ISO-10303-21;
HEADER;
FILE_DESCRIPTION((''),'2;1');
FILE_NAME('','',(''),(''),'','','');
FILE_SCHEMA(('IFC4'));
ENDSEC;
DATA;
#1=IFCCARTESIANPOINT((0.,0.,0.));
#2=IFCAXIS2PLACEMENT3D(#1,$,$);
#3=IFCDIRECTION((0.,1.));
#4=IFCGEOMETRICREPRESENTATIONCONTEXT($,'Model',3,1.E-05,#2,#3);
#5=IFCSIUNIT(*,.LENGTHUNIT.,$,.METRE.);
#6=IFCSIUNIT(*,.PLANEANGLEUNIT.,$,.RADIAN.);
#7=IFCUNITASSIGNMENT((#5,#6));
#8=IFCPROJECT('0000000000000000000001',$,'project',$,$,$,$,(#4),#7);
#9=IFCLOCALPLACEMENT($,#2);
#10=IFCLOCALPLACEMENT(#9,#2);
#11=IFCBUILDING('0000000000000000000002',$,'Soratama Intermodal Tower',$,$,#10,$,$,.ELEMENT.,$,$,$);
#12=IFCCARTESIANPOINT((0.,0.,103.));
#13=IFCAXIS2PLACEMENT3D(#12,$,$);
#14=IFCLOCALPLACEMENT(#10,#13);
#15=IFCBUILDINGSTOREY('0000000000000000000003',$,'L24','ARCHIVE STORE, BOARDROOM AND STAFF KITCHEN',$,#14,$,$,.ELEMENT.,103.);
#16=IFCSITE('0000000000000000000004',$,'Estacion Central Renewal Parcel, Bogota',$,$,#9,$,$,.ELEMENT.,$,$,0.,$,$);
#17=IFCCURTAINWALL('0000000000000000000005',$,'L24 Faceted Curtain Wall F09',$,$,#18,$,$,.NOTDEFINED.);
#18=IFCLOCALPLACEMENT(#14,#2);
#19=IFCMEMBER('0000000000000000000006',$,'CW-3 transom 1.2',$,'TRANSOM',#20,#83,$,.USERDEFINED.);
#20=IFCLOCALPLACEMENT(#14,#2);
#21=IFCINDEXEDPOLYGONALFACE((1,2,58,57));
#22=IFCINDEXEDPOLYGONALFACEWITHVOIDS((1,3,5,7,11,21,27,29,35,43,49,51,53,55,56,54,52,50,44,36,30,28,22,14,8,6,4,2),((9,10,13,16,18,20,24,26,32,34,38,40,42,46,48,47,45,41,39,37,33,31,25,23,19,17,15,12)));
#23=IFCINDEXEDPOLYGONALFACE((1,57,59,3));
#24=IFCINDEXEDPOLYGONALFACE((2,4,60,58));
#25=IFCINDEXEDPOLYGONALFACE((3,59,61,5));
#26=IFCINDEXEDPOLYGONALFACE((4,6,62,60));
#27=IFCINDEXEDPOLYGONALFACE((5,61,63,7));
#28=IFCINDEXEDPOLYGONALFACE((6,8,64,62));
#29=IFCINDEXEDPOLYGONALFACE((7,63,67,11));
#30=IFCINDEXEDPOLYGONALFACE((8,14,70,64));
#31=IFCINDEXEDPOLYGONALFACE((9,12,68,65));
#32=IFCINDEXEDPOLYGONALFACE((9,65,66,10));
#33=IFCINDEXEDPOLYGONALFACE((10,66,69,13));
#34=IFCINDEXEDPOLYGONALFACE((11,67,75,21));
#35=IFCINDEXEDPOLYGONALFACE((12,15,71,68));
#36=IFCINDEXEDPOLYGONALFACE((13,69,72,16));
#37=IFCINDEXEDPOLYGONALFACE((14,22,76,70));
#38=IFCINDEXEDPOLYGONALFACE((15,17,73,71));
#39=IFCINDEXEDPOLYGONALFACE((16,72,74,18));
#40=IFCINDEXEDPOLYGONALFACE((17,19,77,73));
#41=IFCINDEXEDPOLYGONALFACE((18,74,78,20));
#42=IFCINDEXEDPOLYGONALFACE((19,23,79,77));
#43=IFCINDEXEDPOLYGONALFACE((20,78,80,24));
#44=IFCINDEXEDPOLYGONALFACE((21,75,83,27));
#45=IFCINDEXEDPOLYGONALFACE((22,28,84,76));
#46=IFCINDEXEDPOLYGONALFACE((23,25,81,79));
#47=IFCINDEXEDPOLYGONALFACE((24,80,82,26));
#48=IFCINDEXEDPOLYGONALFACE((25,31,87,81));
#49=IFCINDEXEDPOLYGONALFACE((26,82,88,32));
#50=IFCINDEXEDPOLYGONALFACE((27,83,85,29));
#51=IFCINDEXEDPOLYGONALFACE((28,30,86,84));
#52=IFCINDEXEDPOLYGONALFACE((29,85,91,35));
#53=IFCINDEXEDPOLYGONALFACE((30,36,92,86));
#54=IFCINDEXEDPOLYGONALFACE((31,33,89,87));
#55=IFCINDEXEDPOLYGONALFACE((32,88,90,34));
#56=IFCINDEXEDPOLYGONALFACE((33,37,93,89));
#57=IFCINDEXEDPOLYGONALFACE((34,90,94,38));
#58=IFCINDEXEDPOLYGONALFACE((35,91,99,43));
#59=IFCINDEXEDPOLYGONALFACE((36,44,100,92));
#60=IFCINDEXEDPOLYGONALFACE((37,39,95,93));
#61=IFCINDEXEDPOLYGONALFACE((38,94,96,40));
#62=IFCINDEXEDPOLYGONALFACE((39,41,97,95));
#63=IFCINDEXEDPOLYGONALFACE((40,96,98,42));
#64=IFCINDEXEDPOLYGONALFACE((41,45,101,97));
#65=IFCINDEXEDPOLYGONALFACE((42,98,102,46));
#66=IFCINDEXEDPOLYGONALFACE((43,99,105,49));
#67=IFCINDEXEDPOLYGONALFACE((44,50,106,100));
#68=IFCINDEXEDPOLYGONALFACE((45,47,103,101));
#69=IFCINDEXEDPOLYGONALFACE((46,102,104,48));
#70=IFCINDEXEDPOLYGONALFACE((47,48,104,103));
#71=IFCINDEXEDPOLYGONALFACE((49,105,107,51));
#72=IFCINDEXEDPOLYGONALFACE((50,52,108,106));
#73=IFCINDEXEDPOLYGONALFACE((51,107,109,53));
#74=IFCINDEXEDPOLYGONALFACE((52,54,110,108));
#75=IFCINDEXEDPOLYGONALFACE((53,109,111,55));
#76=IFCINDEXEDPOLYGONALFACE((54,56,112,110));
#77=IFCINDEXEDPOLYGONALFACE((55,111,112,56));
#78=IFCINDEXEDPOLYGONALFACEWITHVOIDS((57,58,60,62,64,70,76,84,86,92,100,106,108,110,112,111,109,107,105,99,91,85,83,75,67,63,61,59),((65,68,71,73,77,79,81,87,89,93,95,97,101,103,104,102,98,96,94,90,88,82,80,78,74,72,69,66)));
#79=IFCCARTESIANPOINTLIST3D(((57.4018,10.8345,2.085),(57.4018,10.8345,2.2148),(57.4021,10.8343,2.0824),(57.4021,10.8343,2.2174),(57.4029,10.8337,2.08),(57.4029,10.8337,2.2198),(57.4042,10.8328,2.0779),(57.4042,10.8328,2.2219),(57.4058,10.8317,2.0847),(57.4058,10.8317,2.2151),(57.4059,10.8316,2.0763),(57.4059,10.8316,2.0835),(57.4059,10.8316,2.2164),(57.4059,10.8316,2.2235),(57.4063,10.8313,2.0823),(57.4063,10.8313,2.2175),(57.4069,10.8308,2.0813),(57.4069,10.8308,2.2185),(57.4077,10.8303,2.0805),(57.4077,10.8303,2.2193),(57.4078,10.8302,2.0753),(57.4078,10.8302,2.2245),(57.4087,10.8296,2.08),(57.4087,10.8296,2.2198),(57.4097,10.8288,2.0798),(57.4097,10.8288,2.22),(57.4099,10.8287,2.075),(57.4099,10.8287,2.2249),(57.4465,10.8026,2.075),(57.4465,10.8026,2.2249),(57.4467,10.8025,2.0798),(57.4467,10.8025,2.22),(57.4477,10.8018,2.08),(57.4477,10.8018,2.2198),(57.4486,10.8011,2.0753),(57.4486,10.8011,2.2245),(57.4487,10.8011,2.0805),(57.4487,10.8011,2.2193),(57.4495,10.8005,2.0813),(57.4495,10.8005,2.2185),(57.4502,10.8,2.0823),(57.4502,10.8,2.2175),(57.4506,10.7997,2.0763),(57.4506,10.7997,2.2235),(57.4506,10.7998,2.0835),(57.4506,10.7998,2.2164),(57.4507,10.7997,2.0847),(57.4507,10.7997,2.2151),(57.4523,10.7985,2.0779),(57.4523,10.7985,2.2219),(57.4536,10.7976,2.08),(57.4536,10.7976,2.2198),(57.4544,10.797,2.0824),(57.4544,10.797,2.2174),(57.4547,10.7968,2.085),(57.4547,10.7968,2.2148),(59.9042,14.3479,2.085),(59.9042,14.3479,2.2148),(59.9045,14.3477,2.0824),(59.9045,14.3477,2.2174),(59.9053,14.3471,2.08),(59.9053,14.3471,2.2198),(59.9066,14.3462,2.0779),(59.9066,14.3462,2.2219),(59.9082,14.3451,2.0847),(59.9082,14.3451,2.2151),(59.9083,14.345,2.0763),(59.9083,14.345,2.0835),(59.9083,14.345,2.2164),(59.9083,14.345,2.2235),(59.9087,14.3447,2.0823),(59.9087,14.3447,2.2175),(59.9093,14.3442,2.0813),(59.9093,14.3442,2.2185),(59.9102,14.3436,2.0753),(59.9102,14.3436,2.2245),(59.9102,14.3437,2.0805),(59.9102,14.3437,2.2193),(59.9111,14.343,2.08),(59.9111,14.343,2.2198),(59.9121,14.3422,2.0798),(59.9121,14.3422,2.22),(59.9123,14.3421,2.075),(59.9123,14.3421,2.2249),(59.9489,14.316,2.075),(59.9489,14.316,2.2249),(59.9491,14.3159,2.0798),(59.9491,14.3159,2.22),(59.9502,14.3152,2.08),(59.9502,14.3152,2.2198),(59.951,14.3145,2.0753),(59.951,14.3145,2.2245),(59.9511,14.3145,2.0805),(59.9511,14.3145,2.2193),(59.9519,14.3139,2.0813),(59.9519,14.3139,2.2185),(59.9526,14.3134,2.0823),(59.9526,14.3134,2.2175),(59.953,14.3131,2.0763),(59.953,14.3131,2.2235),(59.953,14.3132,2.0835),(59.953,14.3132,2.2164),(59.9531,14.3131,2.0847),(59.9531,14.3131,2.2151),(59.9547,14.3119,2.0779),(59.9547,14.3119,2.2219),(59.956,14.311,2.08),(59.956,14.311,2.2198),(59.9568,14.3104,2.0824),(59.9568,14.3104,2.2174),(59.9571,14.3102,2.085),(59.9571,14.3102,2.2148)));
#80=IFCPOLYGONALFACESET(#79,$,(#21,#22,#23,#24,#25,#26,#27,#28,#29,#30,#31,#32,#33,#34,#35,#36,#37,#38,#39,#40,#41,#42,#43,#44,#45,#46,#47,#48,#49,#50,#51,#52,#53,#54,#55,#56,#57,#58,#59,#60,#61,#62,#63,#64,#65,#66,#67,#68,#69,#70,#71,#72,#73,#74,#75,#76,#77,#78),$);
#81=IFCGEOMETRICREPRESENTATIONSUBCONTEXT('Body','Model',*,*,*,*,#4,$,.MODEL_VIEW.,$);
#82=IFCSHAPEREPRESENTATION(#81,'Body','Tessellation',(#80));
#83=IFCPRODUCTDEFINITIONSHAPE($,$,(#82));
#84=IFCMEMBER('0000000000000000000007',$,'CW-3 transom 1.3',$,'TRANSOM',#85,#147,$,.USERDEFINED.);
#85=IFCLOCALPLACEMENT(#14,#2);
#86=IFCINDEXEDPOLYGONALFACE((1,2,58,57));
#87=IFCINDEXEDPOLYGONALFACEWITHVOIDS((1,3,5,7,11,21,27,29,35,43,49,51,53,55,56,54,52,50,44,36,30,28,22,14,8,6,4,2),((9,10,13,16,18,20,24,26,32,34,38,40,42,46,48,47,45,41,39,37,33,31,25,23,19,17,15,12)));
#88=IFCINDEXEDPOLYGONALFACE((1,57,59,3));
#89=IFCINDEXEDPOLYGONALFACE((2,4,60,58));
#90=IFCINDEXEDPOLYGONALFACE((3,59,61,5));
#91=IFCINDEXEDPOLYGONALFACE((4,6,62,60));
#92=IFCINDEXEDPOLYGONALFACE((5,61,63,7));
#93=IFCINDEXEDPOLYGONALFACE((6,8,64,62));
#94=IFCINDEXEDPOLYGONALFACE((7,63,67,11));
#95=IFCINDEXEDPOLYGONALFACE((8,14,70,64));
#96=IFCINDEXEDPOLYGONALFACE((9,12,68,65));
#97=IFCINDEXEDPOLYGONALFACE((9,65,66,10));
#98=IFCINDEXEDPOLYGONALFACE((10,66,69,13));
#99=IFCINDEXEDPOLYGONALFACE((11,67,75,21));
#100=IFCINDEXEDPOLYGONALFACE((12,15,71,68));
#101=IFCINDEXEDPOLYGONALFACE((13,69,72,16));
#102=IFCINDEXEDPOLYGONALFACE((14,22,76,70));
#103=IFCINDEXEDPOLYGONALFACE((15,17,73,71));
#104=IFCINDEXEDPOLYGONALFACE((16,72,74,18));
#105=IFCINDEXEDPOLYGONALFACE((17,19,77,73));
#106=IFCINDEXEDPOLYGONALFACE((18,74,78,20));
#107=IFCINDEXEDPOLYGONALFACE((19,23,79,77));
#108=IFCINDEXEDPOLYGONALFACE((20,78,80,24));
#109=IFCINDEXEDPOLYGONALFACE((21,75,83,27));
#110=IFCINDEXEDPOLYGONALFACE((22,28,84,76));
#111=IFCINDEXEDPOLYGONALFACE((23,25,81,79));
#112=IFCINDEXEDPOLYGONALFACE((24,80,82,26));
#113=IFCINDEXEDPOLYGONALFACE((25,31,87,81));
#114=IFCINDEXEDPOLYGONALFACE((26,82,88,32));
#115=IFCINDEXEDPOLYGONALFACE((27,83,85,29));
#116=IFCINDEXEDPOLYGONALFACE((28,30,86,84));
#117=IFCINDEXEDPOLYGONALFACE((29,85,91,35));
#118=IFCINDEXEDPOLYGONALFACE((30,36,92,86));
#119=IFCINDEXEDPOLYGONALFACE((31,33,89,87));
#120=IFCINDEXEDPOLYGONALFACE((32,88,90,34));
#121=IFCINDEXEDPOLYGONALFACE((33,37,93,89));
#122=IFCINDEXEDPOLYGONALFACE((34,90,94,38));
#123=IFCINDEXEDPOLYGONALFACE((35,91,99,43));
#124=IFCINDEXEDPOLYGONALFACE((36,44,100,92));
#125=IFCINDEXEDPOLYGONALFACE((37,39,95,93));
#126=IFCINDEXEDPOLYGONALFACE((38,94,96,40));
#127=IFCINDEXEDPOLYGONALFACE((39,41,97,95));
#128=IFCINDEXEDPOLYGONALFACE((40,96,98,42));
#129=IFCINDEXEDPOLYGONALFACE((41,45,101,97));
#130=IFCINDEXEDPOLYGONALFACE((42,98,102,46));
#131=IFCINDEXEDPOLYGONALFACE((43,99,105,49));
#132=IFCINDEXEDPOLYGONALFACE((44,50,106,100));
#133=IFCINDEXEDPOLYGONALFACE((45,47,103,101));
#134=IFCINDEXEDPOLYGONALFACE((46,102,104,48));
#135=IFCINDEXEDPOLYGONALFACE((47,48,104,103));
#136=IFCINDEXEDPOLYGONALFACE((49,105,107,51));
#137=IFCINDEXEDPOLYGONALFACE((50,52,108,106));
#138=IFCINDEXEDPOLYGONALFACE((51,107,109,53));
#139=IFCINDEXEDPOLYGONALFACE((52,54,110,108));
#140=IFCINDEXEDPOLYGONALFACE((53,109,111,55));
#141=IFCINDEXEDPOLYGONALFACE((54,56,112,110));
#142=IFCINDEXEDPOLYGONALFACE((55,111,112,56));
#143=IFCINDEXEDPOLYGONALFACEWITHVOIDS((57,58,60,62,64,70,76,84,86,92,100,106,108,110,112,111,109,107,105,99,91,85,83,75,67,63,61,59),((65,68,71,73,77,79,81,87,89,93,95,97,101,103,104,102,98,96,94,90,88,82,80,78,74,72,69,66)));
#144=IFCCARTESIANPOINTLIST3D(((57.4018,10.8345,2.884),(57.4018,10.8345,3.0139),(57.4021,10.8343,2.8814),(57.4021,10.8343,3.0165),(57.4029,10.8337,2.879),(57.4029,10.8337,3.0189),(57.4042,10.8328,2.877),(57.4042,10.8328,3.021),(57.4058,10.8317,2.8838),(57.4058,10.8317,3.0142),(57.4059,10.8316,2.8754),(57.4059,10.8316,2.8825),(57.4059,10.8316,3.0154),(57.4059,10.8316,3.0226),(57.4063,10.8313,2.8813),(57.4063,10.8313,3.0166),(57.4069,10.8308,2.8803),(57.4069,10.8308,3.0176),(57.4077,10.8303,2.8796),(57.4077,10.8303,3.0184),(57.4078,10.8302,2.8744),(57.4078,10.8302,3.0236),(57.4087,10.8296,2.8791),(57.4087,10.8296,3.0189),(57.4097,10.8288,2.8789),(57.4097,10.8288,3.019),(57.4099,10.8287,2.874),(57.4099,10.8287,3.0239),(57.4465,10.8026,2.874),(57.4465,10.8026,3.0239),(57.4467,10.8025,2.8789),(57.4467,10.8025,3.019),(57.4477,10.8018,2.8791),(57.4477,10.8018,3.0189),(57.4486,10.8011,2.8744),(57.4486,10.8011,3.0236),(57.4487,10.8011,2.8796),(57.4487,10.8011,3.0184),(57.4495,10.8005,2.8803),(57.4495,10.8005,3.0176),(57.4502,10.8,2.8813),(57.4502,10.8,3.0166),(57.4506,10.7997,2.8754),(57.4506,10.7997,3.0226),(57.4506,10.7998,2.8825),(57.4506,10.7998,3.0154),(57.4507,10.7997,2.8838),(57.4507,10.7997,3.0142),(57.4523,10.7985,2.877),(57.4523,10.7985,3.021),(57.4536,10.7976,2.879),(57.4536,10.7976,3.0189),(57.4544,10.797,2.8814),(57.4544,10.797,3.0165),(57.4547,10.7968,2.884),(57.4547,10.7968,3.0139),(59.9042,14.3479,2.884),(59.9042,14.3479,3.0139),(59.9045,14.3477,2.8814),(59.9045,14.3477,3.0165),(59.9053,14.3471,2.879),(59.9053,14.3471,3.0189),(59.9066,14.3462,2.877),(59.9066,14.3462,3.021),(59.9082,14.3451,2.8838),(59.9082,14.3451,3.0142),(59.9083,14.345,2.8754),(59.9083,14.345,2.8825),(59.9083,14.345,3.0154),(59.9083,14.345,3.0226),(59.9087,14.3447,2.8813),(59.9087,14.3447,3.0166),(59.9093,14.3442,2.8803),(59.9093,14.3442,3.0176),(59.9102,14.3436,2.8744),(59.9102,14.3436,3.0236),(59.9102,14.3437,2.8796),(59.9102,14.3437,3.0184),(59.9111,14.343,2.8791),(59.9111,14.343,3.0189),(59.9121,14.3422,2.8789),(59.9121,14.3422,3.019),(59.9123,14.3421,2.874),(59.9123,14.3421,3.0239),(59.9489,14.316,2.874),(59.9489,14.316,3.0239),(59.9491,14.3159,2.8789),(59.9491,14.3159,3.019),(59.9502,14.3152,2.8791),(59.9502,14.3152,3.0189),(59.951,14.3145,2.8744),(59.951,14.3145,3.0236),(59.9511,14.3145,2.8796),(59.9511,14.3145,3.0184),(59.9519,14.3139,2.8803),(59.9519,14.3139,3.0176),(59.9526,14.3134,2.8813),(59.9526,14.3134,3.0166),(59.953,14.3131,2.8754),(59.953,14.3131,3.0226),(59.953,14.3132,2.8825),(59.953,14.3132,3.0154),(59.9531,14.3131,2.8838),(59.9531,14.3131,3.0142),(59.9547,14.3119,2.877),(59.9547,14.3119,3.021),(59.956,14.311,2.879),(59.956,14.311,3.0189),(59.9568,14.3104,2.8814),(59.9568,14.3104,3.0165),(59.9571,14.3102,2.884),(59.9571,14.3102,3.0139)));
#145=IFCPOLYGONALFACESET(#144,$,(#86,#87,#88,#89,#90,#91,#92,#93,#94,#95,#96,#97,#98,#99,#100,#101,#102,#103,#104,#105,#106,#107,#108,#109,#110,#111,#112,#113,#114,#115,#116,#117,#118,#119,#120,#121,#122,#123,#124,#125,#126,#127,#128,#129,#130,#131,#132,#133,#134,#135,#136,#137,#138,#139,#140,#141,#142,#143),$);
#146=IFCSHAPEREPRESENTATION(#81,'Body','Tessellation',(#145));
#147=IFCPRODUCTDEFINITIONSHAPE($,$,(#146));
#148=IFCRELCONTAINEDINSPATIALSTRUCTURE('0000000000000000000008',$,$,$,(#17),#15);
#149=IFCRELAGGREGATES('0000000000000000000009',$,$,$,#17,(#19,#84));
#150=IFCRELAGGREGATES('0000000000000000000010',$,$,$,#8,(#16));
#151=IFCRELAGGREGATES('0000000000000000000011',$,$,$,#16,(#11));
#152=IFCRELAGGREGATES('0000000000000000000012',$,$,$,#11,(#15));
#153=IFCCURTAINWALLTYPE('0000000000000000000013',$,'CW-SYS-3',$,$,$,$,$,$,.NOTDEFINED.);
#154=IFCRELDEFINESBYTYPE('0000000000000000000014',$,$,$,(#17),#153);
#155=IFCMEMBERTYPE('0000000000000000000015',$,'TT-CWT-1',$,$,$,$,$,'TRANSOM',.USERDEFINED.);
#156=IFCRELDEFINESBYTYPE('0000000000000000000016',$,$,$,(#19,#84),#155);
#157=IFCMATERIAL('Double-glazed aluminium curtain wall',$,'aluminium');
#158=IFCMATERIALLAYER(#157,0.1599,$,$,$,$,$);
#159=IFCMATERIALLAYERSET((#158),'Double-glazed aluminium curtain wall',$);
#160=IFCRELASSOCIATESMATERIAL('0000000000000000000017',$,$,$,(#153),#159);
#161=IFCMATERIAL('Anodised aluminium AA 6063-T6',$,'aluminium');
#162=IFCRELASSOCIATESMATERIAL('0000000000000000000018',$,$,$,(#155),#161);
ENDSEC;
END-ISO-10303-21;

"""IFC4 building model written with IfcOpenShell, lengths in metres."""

from ifc_helpers import new_model, si_unit, direction, frame, origin, origin_2d, place, context, subcontext, project, spatial, hollow_rectangle, extrude, material, layer, layer_set, material_profile, profile_set, type_object, element, aggregate, save


model = new_model("IFC4")

# Units and contexts
model_context = context("Model", 3, precision=1e-05, world=origin(), true_north=direction((0.0, 1.0)))
body_context = subcontext(model_context, "Body", "Model", "MODEL_VIEW")
ifc_project = project(units=[si_unit("LENGTHUNIT", "METRE"), si_unit("PLANEANGLEUNIT", "RADIAN")], contexts=[model_context])

# Site, building, storey
site_placement = place(None, origin())
site = spatial("IfcSite", under=ifc_project, at=site_placement, Name="Estacion Central Renewal Parcel, Bogota", CompositionType="ELEMENT", RefElevation=0.0)
building_placement = place(site_placement, origin())
building = spatial("IfcBuilding", under=site, at=building_placement, Name="Soratama Intermodal Tower", CompositionType="ELEMENT")
storey_placement = place(building_placement, frame((0.0, 0.0, 103.0)))
storey = spatial("IfcBuildingStorey", under=building, at=storey_placement, Name="L24", Description="ARCHIVE STORE, BOARDROOM AND STAFF KITCHEN", CompositionType="ELEMENT", Elevation=103.0)

# Curtain wall, members
ifc_material_1 = material(Name="Double-glazed aluminium curtain wall", Category="aluminium")
ifc_layer_1 = layer(ifc_material_1, 0.1599)
ifc_layer_set_1 = layer_set([ifc_layer_1], Name="Double-glazed aluminium curtain wall")
curtain_wall_type = type_object("IfcCurtainWallType", Name="CW-SYS-3", PredefinedType="NOTDEFINED", material=ifc_layer_set_1)
curtain_wall_placement = place(storey_placement, origin())
curtain_wall = element("IfcCurtainWall", 1, at=curtain_wall_placement, inside=storey, type_object=curtain_wall_type, Name="L24 Faceted Curtain Wall F09", PredefinedType="NOTDEFINED")
ifc_material_2 = material(Name="Anodised aluminium AA 6063-T6", Category="aluminium")
ifc_material_profile_1 = material_profile(ifc_material_2, hollow_rectangle(XDim=0.0649, YDim=0.1499, WallThickness=0.0049, InnerFilletRadius=0.0049, OuterFilletRadius=0.01, at=origin_2d()), Name="CWT150X65X5")
ifc_profile_set_1 = profile_set([ifc_material_profile_1], Name="Anodised aluminium AA 6063-T6")
member_type_1 = type_object("IfcMemberType", Name="TT-CWT-1", ElementType="TRANSOM", PredefinedType="USERDEFINED", material=ifc_profile_set_1)
member_1_placement = place(storey_placement, frame((57.4282, 10.8157, 2.1499), z_axis=(0.58014, 0.814517, 0.0), x_axis=(-0.814517, 0.58014, 0.0)))
member_1 = element("IfcMember", 2, at=member_1_placement, type_object=member_type_1, Name="CW-3 transom 1.2", ObjectType="TRANSOM", PredefinedType="USERDEFINED", context=body_context, shape_type="SweptSolid", body=[
    extrude(hollow_rectangle(XDim=0.0649, YDim=0.1499, WallThickness=0.0049, InnerFilletRadius=0.0049, OuterFilletRadius=0.01, at=origin_2d()), origin(), (0.0, 0.0, 1.0), 4.3135),
])
member_2_placement = place(storey_placement, frame((57.4282, 10.8157, 2.949), z_axis=(0.58014, 0.814517, 0.0), x_axis=(-0.814517, 0.58014, 0.0)))
member_2 = element("IfcMember", 3, at=member_2_placement, type_object=member_type_1, Name="CW-3 transom 1.3", ObjectType="TRANSOM", PredefinedType="USERDEFINED", context=body_context, shape_type="SweptSolid", body=[
    extrude(hollow_rectangle(XDim=0.0649, YDim=0.1499, WallThickness=0.0049, InnerFilletRadius=0.0049, OuterFilletRadius=0.01, at=origin_2d()), origin(), (0.0, 0.0, 1.0), 4.3135),
])
aggregate(curtain_wall, [member_1, member_2])

save(model, "model.ifc")
